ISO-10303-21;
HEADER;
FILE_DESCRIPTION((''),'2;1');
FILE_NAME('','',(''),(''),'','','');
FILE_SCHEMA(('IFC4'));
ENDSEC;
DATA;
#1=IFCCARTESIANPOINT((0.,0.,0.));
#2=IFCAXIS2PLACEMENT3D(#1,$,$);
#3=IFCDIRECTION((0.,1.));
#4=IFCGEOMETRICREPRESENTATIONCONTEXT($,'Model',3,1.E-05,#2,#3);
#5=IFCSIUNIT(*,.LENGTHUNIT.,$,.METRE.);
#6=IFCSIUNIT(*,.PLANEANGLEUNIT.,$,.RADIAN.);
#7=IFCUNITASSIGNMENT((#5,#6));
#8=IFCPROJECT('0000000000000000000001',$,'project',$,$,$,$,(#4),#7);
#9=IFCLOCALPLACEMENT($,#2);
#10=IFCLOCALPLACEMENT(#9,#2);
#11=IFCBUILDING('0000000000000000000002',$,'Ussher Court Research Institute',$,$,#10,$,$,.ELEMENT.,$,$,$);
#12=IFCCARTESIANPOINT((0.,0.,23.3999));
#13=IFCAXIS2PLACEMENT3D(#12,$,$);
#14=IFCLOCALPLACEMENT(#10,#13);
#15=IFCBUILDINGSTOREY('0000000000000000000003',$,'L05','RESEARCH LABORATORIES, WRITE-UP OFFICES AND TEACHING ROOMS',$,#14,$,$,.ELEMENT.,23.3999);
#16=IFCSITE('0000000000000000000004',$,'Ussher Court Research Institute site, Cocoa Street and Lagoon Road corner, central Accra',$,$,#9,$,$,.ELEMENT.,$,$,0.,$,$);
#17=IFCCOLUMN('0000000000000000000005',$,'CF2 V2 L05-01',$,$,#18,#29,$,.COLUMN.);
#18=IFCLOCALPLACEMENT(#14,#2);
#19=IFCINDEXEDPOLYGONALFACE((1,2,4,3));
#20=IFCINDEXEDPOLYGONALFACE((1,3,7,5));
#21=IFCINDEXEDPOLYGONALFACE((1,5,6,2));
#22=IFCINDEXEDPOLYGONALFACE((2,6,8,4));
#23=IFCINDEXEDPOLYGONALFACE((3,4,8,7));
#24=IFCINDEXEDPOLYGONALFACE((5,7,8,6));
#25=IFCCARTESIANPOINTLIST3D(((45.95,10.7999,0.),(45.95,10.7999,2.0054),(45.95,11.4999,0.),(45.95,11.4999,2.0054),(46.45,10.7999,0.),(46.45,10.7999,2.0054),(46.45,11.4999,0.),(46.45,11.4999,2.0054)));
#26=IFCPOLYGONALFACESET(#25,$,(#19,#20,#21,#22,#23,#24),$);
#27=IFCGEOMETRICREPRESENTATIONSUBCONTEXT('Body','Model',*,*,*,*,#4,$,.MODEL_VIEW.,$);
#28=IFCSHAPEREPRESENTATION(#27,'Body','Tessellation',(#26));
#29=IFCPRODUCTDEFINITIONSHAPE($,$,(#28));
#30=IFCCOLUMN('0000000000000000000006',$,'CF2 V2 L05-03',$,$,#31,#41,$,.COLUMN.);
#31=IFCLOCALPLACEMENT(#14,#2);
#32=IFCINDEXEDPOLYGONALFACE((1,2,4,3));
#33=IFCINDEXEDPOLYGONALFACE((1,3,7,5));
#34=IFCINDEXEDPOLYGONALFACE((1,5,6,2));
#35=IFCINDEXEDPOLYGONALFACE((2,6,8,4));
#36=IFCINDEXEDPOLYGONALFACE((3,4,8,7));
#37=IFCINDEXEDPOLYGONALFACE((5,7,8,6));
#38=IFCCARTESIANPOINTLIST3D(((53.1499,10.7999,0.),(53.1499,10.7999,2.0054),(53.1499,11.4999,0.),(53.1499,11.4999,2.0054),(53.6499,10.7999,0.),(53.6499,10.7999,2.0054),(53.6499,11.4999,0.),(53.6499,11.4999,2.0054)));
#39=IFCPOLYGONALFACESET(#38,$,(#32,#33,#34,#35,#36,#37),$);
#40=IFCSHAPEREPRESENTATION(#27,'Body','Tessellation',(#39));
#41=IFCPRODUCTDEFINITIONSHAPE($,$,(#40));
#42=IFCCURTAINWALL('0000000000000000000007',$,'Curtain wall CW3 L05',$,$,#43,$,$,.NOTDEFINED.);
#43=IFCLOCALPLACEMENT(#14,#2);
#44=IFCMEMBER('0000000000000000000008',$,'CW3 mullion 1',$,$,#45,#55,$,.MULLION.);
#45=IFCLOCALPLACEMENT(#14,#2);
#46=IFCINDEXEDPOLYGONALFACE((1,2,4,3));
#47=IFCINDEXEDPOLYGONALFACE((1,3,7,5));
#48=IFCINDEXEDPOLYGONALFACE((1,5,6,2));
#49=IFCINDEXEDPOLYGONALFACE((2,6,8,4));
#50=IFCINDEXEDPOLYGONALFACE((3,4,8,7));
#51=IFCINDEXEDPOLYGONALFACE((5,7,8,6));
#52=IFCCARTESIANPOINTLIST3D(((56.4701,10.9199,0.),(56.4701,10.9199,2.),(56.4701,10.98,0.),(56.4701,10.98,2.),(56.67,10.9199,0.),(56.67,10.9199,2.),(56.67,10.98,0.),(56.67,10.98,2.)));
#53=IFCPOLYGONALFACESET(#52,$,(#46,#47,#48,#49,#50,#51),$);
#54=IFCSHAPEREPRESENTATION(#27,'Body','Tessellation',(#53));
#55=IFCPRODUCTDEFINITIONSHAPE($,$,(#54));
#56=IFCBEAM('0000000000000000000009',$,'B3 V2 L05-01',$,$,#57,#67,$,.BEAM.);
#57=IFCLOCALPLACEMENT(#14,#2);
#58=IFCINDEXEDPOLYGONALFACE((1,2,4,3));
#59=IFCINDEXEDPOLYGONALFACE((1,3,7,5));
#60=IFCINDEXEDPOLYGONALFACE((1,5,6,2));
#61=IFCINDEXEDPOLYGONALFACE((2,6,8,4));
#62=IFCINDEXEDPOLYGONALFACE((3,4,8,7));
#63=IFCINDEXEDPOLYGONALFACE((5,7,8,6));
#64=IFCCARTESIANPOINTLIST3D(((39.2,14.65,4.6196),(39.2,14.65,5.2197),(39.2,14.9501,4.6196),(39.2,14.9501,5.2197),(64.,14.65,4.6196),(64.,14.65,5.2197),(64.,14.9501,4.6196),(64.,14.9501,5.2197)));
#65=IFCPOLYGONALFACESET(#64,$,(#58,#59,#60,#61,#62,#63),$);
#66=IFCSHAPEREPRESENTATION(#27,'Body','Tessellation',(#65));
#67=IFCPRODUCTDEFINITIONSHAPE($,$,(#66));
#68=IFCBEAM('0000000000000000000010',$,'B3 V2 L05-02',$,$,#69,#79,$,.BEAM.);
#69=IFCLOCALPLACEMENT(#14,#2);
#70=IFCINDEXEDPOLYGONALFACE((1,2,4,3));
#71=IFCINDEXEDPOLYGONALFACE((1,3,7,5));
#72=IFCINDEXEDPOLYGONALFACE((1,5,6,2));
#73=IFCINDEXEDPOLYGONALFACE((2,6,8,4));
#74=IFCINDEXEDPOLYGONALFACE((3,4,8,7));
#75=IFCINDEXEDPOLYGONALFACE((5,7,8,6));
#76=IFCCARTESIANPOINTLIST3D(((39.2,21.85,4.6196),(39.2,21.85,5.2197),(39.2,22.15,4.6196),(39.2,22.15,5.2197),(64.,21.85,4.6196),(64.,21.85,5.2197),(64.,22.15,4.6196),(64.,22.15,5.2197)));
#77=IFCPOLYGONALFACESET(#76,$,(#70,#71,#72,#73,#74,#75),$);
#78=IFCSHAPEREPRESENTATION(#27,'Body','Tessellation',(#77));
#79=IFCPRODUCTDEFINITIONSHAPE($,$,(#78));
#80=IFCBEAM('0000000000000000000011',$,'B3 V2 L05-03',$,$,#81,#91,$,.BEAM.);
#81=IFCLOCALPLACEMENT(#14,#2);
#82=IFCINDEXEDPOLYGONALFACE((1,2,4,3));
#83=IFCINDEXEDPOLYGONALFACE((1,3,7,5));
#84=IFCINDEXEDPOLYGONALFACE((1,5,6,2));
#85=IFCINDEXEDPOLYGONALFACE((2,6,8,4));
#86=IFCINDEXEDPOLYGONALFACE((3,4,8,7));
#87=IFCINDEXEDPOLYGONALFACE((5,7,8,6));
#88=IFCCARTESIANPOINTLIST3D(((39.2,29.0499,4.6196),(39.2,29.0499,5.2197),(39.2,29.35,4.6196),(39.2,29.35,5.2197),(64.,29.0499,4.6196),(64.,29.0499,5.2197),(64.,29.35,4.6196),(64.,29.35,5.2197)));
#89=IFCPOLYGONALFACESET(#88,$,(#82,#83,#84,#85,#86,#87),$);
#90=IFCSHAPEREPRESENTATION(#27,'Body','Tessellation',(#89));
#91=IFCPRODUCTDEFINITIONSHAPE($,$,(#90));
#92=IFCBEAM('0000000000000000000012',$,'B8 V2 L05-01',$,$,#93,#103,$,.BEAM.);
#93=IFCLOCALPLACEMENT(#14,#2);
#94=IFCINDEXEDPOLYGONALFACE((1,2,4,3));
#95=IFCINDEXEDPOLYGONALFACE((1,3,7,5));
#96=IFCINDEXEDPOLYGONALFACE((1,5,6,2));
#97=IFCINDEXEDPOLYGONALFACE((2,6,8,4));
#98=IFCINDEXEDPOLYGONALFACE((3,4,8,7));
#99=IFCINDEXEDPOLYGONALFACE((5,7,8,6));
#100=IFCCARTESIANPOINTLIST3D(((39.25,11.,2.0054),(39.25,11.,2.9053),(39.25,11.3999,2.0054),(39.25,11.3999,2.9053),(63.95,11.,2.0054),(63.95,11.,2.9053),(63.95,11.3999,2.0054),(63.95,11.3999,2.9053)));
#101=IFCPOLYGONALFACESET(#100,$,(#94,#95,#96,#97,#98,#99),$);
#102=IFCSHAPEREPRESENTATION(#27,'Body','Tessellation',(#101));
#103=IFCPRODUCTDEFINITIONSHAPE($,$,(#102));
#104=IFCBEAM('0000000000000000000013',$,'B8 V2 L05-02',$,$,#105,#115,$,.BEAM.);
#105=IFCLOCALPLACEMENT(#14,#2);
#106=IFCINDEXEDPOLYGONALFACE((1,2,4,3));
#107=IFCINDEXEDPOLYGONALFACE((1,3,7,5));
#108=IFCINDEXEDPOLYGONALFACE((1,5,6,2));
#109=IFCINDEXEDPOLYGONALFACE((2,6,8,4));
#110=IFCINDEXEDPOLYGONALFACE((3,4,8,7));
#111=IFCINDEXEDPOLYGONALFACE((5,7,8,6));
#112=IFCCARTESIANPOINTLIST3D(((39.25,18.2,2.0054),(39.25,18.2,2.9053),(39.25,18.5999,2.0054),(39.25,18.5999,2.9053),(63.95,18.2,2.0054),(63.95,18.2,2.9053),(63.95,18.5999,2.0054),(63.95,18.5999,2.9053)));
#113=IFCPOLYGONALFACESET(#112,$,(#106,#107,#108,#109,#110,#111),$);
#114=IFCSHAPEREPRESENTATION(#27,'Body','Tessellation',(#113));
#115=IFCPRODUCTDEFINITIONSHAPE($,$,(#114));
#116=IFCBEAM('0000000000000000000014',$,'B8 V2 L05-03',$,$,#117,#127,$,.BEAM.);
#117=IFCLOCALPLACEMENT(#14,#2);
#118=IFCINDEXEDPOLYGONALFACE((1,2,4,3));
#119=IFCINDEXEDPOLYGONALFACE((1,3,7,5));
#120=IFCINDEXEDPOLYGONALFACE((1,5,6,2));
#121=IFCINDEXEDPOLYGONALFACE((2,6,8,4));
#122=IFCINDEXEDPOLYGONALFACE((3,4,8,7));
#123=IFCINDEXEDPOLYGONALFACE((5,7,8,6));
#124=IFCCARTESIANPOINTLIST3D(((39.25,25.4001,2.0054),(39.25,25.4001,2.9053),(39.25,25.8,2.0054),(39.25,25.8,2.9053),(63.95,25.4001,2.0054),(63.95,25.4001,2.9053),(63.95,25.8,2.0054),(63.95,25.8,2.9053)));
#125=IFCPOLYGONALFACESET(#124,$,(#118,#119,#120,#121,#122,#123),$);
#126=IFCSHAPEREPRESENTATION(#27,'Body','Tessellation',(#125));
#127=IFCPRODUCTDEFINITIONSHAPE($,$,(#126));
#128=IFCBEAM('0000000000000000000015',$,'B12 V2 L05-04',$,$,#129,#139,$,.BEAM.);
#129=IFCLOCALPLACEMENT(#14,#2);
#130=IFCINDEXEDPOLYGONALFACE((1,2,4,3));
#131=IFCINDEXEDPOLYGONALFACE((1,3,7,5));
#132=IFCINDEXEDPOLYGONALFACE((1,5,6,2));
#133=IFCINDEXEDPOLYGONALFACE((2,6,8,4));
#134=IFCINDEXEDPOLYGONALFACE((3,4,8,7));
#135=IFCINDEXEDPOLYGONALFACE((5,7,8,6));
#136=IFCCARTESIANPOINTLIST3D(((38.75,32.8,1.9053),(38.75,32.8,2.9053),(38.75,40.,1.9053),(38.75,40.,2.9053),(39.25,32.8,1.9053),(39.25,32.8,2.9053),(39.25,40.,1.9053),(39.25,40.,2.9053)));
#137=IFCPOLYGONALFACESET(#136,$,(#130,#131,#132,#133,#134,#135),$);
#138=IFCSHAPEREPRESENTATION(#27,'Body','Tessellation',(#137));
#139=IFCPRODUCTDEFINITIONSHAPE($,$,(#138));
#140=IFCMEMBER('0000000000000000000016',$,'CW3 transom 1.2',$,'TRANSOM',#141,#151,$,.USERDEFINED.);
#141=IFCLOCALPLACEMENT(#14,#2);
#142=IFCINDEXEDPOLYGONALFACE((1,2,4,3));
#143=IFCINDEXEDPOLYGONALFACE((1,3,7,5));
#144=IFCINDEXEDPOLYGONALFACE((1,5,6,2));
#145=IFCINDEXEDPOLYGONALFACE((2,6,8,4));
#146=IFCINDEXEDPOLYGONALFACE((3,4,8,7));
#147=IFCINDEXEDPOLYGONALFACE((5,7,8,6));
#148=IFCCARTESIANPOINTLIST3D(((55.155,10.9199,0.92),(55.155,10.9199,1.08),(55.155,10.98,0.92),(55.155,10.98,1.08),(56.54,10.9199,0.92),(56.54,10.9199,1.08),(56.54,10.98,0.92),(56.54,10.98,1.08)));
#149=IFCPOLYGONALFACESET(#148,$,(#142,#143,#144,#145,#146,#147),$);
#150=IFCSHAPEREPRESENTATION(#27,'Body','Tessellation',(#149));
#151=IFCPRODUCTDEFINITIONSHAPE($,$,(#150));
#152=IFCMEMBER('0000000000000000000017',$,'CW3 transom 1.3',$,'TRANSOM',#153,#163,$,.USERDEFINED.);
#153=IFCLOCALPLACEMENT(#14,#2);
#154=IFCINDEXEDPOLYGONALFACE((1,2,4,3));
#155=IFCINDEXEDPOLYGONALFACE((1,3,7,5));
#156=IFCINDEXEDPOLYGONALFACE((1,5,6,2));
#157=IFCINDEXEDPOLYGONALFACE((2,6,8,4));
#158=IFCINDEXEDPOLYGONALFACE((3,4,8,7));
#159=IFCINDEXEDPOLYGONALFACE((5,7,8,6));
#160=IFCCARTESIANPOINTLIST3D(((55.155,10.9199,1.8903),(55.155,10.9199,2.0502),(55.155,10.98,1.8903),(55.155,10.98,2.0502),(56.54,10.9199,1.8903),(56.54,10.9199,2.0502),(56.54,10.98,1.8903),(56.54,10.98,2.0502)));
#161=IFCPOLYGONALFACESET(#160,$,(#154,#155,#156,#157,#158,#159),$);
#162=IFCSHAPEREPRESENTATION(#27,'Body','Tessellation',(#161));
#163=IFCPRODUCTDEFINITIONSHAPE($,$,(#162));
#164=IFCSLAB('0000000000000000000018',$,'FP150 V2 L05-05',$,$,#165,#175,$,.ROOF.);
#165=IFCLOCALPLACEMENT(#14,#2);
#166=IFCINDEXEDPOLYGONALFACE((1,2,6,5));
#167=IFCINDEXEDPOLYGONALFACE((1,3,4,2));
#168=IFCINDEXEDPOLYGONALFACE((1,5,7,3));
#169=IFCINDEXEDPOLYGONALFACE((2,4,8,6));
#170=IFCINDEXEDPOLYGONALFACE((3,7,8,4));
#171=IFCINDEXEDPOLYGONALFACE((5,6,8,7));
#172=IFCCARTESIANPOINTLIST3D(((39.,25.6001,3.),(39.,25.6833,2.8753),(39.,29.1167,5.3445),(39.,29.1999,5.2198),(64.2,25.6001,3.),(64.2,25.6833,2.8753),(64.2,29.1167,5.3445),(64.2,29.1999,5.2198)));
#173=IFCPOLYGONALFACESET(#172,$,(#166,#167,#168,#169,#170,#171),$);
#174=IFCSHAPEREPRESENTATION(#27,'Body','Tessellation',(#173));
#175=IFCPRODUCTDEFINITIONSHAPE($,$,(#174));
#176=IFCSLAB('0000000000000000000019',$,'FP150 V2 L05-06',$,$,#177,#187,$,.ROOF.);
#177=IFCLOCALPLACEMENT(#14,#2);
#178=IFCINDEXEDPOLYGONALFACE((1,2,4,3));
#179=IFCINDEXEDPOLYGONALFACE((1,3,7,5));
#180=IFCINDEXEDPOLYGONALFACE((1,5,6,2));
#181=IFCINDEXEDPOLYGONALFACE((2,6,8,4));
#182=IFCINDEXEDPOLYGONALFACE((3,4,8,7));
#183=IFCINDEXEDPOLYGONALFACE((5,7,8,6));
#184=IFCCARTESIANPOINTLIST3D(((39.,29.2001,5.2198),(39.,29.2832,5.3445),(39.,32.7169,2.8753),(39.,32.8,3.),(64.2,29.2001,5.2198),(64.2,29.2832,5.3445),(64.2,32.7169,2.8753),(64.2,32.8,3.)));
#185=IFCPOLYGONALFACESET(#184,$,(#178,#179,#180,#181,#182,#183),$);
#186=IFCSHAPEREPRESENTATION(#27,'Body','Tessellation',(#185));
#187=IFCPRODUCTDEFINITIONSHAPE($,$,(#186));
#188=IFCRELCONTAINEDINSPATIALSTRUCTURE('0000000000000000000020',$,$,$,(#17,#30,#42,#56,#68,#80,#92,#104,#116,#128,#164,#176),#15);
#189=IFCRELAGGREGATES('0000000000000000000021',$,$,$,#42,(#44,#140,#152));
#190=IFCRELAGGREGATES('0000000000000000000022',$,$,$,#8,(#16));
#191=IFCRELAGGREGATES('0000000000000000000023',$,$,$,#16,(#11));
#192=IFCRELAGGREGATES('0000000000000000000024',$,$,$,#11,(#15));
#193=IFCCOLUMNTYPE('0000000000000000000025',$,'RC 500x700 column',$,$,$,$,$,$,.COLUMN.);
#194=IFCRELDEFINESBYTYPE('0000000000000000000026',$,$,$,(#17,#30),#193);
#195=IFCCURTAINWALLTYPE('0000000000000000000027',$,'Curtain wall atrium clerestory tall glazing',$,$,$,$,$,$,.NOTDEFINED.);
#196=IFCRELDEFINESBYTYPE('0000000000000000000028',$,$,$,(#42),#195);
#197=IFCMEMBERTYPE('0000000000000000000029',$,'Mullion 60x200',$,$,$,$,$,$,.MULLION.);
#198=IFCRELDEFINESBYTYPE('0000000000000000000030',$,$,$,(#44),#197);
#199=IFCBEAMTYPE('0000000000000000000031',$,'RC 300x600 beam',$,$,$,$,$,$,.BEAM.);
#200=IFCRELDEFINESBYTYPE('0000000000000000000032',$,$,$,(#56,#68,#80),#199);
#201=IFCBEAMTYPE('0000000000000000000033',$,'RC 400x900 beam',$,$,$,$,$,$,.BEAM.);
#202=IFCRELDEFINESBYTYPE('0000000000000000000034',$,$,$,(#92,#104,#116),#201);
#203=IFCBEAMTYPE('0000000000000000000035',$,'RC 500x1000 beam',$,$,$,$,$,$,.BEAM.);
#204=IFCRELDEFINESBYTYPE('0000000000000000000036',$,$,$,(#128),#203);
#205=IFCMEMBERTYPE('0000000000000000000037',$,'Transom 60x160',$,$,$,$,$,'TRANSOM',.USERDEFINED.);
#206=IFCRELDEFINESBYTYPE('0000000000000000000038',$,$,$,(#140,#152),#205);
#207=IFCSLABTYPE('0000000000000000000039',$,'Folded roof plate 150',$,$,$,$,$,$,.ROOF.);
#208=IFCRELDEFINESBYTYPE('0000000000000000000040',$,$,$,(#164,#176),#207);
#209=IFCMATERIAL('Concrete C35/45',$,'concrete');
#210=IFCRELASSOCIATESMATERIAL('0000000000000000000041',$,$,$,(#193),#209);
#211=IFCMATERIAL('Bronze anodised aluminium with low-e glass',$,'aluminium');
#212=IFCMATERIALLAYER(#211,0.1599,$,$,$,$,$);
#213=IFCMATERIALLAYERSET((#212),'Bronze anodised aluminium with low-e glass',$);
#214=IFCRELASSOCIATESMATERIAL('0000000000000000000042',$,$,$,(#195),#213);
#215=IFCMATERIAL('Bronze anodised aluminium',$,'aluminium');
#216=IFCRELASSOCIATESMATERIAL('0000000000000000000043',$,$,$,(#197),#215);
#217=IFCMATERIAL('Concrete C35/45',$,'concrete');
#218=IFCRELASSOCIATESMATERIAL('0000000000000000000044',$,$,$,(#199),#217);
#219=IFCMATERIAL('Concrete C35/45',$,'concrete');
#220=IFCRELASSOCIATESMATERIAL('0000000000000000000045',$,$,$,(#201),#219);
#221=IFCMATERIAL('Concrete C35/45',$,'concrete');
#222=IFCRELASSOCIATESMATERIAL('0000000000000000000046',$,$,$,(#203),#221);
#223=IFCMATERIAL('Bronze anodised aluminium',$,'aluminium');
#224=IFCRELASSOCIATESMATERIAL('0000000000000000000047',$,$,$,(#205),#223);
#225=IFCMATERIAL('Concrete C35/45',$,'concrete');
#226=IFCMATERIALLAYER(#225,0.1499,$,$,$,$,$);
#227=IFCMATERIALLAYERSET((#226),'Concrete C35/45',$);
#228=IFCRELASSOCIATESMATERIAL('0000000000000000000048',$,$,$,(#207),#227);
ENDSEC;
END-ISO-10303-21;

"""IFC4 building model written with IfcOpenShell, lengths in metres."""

from ifc_helpers import new_model, si_unit, direction, frame, origin, origin_2d, place, context, subcontext, project, spatial, polyline, rectangle, outline, extrude, material, layer, layer_set, material_profile, profile_set, type_object, element, aggregate, save


model = new_model("IFC4")

# Units and contexts
model_context = context("Model", 3, precision=1e-05, world=origin(), true_north=direction((0.0, 1.0)))
body_context = subcontext(model_context, "Body", "Model", "MODEL_VIEW")
ifc_project = project(units=[si_unit("LENGTHUNIT", "METRE"), si_unit("PLANEANGLEUNIT", "RADIAN")], contexts=[model_context])

# Site, building, storey
site_placement = place(None, origin())
site = spatial("IfcSite", under=ifc_project, at=site_placement, Name="Ussher Court Research Institute site, Cocoa Street and Lagoon Road corner, central Accra", CompositionType="ELEMENT", RefElevation=0.0)
building_placement = place(site_placement, origin())
building = spatial("IfcBuilding", under=site, at=building_placement, Name="Ussher Court Research Institute", CompositionType="ELEMENT")
storey_placement = place(building_placement, frame((0.0, 0.0, 23.3999)))
storey = spatial("IfcBuildingStorey", under=building, at=storey_placement, Name="L05", Description="RESEARCH LABORATORIES, WRITE-UP OFFICES AND TEACHING ROOMS", CompositionType="ELEMENT", Elevation=23.3999)

# Columns
ifc_material_1 = material(Name="Concrete C35/45", Category="concrete")
ifc_material_profile_1 = material_profile(ifc_material_1, rectangle(XDim=0.5, YDim=0.7, at=origin_2d()), Name="RC 500x700")
ifc_profile_set_1 = profile_set([ifc_material_profile_1], Name="Concrete C35/45")
column_type = type_object("IfcColumnType", Name="RC 500x700 column", PredefinedType="COLUMN", material=ifc_profile_set_1)
for number, where, z_axis, x_axis, name in (
    (1, (46.2, 11.1499, 0.0), (0.0, 0.0, 1.0), (1.0, 0.0, 0.0), "CF2 V2 L05-01"),
    (2, (53.3999, 11.1499, 0.0), (0.0, 0.0, 1.0), (1.0, 0.0, 0.0), "CF2 V2 L05-03"),
):
    element("IfcColumn", number, at=place(storey_placement, frame(where, z_axis=z_axis, x_axis=x_axis)), inside=storey, type_object=column_type, Name=name, PredefinedType="COLUMN", context=body_context, shape_type="SweptSolid", body=[
        extrude(rectangle(XDim=0.5, YDim=0.7, at=origin_2d()), origin(), (0.0, 0.0, 1.0), 2.0054),
    ])

# Curtain wall, member
ifc_material_2 = material(Name="Bronze anodised aluminium with low-e glass", Category="aluminium")
ifc_layer_1 = layer(ifc_material_2, 0.1599)
ifc_layer_set_1 = layer_set([ifc_layer_1], Name="Bronze anodised aluminium with low-e glass")
curtain_wall_type = type_object("IfcCurtainWallType", Name="Curtain wall atrium clerestory tall glazing", PredefinedType="NOTDEFINED", material=ifc_layer_set_1)
curtain_wall_placement = place(storey_placement, origin())
curtain_wall = element("IfcCurtainWall", 3, at=curtain_wall_placement, inside=storey, type_object=curtain_wall_type, Name="Curtain wall CW3 L05", PredefinedType="NOTDEFINED")
ifc_material_3 = material(Name="Bronze anodised aluminium", Category="aluminium")
ifc_material_profile_2 = material_profile(ifc_material_3, rectangle(XDim=0.0601, YDim=0.2, at=origin_2d()), Name="Mullion 60x200")
ifc_profile_set_2 = profile_set([ifc_material_profile_2], Name="Bronze anodised aluminium")
member_type_1 = type_object("IfcMemberType", Name="Mullion 60x200", PredefinedType="MULLION", material=ifc_profile_set_2)
member_1_placement = place(storey_placement, frame((56.5701, 10.95, 0.0), z_axis=(0.0, 0.0, 1.0), x_axis=(0.0, -1.0, 0.0)))
member_1 = element("IfcMember", 4, at=member_1_placement, type_object=member_type_1, Name="CW3 mullion 1", PredefinedType="MULLION", context=body_context, shape_type="SweptSolid", body=[
    extrude(rectangle(XDim=0.0601, YDim=0.2, at=origin_2d()), origin(), (0.0, 0.0, 1.0), 2.0),
])

# Beams
ifc_material_4 = material(Name="Concrete C35/45", Category="concrete")
ifc_material_profile_3 = material_profile(ifc_material_4, rectangle(XDim=0.3, YDim=0.6001, at=origin_2d()), Name="RC 300x600")
ifc_profile_set_3 = profile_set([ifc_material_profile_3], Name="Concrete C35/45")
beam_type_1 = type_object("IfcBeamType", Name="RC 300x600 beam", PredefinedType="BEAM", material=ifc_profile_set_3)
for number, where, z_axis, x_axis, name in (
    (5, (39.2, 14.8, 4.9197), (1.0, 0.0, 0.0), (0.0, 1.0, 0.0), "B3 V2 L05-01"),
    (6, (39.2, 22.0, 4.9197), (1.0, 0.0, 0.0), (0.0, 1.0, 0.0), "B3 V2 L05-02"),
    (7, (39.2, 29.2, 4.9197), (1.0, 0.0, 0.0), (0.0, 1.0, 0.0), "B3 V2 L05-03"),
):
    element("IfcBeam", number, at=place(storey_placement, frame(where, z_axis=z_axis, x_axis=x_axis)), inside=storey, type_object=beam_type_1, Name=name, PredefinedType="BEAM", context=body_context, shape_type="SweptSolid", body=[
        extrude(rectangle(XDim=0.3, YDim=0.6001, at=origin_2d()), origin(), (0.0, 0.0, 1.0), 24.8),
    ])
ifc_material_5 = material(Name="Concrete C35/45", Category="concrete")
ifc_material_profile_4 = material_profile(ifc_material_5, rectangle(XDim=0.3999, YDim=0.8999, at=origin_2d()), Name="RC 400x900")
ifc_profile_set_4 = profile_set([ifc_material_profile_4], Name="Concrete C35/45")
beam_type_2 = type_object("IfcBeamType", Name="RC 400x900 beam", PredefinedType="BEAM", material=ifc_profile_set_4)
for number, where, z_axis, x_axis, name in (
    (8, (39.25, 11.2, 2.4553), (1.0, 0.0, 0.0), (0.0, 1.0, 0.0), "B8 V2 L05-01"),
    (9, (39.25, 18.3999, 2.4553), (1.0, 0.0, 0.0), (0.0, 1.0, 0.0), "B8 V2 L05-02"),
    (10, (39.25, 25.6001, 2.4553), (1.0, 0.0, 0.0), (0.0, 1.0, 0.0), "B8 V2 L05-03"),
):
    element("IfcBeam", number, at=place(storey_placement, frame(where, z_axis=z_axis, x_axis=x_axis)), inside=storey, type_object=beam_type_2, Name=name, PredefinedType="BEAM", context=body_context, shape_type="SweptSolid", body=[
        extrude(rectangle(XDim=0.3999, YDim=0.8999, at=origin_2d()), origin(), (0.0, 0.0, 1.0), 24.7),
    ])
ifc_material_6 = material(Name="Concrete C35/45", Category="concrete")
ifc_material_profile_5 = material_profile(ifc_material_6, rectangle(XDim=0.5, YDim=1.0, at=origin_2d()), Name="RC 500x1000")
ifc_profile_set_5 = profile_set([ifc_material_profile_5], Name="Concrete C35/45")
beam_type_3 = type_object("IfcBeamType", Name="RC 500x1000 beam", PredefinedType="BEAM", material=ifc_profile_set_5)
beam_placement = place(storey_placement, frame((39.0, 32.8, 2.4053), z_axis=(0.0, 1.0, 0.0), x_axis=(-1.0, 0.0, 0.0)))
element("IfcBeam", 11, at=beam_placement, inside=storey, type_object=beam_type_3, Name="B12 V2 L05-04", PredefinedType="BEAM", context=body_context, shape_type="SweptSolid", body=[
    extrude(rectangle(XDim=0.5, YDim=1.0, at=origin_2d()), origin(), (0.0, 0.0, 1.0), 7.2),
])

# Members
ifc_material_7 = material(Name="Bronze anodised aluminium", Category="aluminium")
ifc_material_profile_6 = material_profile(ifc_material_7, rectangle(XDim=0.0601, YDim=0.1599, at=origin_2d()), Name="Transom 60x160")
ifc_profile_set_6 = profile_set([ifc_material_profile_6], Name="Bronze anodised aluminium")
member_type_2 = type_object("IfcMemberType", Name="Transom 60x160", ElementType="TRANSOM", PredefinedType="USERDEFINED", material=ifc_profile_set_6)
member_2_placement = place(storey_placement, frame((56.54, 10.95, 1.0), z_axis=(-1.0, 0.0, 0.0), x_axis=(0.0, -1.0, 0.0)))
member_2 = element("IfcMember", 12, at=member_2_placement, type_object=member_type_2, Name="CW3 transom 1.2", ObjectType="TRANSOM", PredefinedType="USERDEFINED", context=body_context, shape_type="SweptSolid", body=[
    extrude(rectangle(XDim=0.0601, YDim=0.1599, at=origin_2d()), origin(), (0.0, 0.0, 1.0), 1.385),
])
member_3_placement = place(storey_placement, frame((56.54, 10.95, 1.9702), z_axis=(-1.0, 0.0, 0.0), x_axis=(0.0, -1.0, 0.0)))
member_3 = element("IfcMember", 13, at=member_3_placement, type_object=member_type_2, Name="CW3 transom 1.3", ObjectType="TRANSOM", PredefinedType="USERDEFINED", context=body_context, shape_type="SweptSolid", body=[
    extrude(rectangle(XDim=0.0601, YDim=0.1599, at=origin_2d()), origin(), (0.0, 0.0, 1.0), 1.385),
])
aggregate(curtain_wall, [member_1, member_2, member_3])

# Slabs
ifc_material_8 = material(Name="Concrete C35/45", Category="concrete")
ifc_layer_2 = layer(ifc_material_8, 0.1499)
ifc_layer_set_2 = layer_set([ifc_layer_2], Name="Concrete C35/45")
slab_type = type_object("IfcSlabType", Name="Folded roof plate 150", PredefinedType="ROOF", material=ifc_layer_set_2)
slab_1_placement = place(storey_placement, frame((39.0, 25.6001, 3.0), z_axis=(0.0, -0.554714, 0.832041), x_axis=(1.0, 0.0, 0.0)))
element("IfcSlab", 14, at=slab_1_placement, inside=storey, type_object=slab_type, Name="FP150 V2 L05-05", PredefinedType="ROOF", context=body_context, shape_type="SweptSolid", body=[
    extrude(outline(polyline([(0.0, 0.0), (25.2, 0.0), (25.2, 4.2265), (0.0, 4.2265), (0.0, 0.0)])), origin(), (0.0, 0.0, -1.0), 0.1499),
])
slab_2_placement = place(storey_placement, frame((39.0, 32.8, 3.0), z_axis=(0.0, 0.554687, 0.832059), x_axis=(1.0, 0.0, 0.0)))
element("IfcSlab", 15, at=slab_2_placement, inside=storey, type_object=slab_type, Name="FP150 V2 L05-06", PredefinedType="ROOF", context=body_context, shape_type="SweptSolid", body=[
    extrude(outline(polyline([(0.0, 0.0), (25.2, 0.0), (25.2, -4.2267), (0.0, -4.2267), (0.0, 0.0)])), origin(), (0.0, 0.0, -1.0), 0.1499),
])

save(model, "model.ifc")
